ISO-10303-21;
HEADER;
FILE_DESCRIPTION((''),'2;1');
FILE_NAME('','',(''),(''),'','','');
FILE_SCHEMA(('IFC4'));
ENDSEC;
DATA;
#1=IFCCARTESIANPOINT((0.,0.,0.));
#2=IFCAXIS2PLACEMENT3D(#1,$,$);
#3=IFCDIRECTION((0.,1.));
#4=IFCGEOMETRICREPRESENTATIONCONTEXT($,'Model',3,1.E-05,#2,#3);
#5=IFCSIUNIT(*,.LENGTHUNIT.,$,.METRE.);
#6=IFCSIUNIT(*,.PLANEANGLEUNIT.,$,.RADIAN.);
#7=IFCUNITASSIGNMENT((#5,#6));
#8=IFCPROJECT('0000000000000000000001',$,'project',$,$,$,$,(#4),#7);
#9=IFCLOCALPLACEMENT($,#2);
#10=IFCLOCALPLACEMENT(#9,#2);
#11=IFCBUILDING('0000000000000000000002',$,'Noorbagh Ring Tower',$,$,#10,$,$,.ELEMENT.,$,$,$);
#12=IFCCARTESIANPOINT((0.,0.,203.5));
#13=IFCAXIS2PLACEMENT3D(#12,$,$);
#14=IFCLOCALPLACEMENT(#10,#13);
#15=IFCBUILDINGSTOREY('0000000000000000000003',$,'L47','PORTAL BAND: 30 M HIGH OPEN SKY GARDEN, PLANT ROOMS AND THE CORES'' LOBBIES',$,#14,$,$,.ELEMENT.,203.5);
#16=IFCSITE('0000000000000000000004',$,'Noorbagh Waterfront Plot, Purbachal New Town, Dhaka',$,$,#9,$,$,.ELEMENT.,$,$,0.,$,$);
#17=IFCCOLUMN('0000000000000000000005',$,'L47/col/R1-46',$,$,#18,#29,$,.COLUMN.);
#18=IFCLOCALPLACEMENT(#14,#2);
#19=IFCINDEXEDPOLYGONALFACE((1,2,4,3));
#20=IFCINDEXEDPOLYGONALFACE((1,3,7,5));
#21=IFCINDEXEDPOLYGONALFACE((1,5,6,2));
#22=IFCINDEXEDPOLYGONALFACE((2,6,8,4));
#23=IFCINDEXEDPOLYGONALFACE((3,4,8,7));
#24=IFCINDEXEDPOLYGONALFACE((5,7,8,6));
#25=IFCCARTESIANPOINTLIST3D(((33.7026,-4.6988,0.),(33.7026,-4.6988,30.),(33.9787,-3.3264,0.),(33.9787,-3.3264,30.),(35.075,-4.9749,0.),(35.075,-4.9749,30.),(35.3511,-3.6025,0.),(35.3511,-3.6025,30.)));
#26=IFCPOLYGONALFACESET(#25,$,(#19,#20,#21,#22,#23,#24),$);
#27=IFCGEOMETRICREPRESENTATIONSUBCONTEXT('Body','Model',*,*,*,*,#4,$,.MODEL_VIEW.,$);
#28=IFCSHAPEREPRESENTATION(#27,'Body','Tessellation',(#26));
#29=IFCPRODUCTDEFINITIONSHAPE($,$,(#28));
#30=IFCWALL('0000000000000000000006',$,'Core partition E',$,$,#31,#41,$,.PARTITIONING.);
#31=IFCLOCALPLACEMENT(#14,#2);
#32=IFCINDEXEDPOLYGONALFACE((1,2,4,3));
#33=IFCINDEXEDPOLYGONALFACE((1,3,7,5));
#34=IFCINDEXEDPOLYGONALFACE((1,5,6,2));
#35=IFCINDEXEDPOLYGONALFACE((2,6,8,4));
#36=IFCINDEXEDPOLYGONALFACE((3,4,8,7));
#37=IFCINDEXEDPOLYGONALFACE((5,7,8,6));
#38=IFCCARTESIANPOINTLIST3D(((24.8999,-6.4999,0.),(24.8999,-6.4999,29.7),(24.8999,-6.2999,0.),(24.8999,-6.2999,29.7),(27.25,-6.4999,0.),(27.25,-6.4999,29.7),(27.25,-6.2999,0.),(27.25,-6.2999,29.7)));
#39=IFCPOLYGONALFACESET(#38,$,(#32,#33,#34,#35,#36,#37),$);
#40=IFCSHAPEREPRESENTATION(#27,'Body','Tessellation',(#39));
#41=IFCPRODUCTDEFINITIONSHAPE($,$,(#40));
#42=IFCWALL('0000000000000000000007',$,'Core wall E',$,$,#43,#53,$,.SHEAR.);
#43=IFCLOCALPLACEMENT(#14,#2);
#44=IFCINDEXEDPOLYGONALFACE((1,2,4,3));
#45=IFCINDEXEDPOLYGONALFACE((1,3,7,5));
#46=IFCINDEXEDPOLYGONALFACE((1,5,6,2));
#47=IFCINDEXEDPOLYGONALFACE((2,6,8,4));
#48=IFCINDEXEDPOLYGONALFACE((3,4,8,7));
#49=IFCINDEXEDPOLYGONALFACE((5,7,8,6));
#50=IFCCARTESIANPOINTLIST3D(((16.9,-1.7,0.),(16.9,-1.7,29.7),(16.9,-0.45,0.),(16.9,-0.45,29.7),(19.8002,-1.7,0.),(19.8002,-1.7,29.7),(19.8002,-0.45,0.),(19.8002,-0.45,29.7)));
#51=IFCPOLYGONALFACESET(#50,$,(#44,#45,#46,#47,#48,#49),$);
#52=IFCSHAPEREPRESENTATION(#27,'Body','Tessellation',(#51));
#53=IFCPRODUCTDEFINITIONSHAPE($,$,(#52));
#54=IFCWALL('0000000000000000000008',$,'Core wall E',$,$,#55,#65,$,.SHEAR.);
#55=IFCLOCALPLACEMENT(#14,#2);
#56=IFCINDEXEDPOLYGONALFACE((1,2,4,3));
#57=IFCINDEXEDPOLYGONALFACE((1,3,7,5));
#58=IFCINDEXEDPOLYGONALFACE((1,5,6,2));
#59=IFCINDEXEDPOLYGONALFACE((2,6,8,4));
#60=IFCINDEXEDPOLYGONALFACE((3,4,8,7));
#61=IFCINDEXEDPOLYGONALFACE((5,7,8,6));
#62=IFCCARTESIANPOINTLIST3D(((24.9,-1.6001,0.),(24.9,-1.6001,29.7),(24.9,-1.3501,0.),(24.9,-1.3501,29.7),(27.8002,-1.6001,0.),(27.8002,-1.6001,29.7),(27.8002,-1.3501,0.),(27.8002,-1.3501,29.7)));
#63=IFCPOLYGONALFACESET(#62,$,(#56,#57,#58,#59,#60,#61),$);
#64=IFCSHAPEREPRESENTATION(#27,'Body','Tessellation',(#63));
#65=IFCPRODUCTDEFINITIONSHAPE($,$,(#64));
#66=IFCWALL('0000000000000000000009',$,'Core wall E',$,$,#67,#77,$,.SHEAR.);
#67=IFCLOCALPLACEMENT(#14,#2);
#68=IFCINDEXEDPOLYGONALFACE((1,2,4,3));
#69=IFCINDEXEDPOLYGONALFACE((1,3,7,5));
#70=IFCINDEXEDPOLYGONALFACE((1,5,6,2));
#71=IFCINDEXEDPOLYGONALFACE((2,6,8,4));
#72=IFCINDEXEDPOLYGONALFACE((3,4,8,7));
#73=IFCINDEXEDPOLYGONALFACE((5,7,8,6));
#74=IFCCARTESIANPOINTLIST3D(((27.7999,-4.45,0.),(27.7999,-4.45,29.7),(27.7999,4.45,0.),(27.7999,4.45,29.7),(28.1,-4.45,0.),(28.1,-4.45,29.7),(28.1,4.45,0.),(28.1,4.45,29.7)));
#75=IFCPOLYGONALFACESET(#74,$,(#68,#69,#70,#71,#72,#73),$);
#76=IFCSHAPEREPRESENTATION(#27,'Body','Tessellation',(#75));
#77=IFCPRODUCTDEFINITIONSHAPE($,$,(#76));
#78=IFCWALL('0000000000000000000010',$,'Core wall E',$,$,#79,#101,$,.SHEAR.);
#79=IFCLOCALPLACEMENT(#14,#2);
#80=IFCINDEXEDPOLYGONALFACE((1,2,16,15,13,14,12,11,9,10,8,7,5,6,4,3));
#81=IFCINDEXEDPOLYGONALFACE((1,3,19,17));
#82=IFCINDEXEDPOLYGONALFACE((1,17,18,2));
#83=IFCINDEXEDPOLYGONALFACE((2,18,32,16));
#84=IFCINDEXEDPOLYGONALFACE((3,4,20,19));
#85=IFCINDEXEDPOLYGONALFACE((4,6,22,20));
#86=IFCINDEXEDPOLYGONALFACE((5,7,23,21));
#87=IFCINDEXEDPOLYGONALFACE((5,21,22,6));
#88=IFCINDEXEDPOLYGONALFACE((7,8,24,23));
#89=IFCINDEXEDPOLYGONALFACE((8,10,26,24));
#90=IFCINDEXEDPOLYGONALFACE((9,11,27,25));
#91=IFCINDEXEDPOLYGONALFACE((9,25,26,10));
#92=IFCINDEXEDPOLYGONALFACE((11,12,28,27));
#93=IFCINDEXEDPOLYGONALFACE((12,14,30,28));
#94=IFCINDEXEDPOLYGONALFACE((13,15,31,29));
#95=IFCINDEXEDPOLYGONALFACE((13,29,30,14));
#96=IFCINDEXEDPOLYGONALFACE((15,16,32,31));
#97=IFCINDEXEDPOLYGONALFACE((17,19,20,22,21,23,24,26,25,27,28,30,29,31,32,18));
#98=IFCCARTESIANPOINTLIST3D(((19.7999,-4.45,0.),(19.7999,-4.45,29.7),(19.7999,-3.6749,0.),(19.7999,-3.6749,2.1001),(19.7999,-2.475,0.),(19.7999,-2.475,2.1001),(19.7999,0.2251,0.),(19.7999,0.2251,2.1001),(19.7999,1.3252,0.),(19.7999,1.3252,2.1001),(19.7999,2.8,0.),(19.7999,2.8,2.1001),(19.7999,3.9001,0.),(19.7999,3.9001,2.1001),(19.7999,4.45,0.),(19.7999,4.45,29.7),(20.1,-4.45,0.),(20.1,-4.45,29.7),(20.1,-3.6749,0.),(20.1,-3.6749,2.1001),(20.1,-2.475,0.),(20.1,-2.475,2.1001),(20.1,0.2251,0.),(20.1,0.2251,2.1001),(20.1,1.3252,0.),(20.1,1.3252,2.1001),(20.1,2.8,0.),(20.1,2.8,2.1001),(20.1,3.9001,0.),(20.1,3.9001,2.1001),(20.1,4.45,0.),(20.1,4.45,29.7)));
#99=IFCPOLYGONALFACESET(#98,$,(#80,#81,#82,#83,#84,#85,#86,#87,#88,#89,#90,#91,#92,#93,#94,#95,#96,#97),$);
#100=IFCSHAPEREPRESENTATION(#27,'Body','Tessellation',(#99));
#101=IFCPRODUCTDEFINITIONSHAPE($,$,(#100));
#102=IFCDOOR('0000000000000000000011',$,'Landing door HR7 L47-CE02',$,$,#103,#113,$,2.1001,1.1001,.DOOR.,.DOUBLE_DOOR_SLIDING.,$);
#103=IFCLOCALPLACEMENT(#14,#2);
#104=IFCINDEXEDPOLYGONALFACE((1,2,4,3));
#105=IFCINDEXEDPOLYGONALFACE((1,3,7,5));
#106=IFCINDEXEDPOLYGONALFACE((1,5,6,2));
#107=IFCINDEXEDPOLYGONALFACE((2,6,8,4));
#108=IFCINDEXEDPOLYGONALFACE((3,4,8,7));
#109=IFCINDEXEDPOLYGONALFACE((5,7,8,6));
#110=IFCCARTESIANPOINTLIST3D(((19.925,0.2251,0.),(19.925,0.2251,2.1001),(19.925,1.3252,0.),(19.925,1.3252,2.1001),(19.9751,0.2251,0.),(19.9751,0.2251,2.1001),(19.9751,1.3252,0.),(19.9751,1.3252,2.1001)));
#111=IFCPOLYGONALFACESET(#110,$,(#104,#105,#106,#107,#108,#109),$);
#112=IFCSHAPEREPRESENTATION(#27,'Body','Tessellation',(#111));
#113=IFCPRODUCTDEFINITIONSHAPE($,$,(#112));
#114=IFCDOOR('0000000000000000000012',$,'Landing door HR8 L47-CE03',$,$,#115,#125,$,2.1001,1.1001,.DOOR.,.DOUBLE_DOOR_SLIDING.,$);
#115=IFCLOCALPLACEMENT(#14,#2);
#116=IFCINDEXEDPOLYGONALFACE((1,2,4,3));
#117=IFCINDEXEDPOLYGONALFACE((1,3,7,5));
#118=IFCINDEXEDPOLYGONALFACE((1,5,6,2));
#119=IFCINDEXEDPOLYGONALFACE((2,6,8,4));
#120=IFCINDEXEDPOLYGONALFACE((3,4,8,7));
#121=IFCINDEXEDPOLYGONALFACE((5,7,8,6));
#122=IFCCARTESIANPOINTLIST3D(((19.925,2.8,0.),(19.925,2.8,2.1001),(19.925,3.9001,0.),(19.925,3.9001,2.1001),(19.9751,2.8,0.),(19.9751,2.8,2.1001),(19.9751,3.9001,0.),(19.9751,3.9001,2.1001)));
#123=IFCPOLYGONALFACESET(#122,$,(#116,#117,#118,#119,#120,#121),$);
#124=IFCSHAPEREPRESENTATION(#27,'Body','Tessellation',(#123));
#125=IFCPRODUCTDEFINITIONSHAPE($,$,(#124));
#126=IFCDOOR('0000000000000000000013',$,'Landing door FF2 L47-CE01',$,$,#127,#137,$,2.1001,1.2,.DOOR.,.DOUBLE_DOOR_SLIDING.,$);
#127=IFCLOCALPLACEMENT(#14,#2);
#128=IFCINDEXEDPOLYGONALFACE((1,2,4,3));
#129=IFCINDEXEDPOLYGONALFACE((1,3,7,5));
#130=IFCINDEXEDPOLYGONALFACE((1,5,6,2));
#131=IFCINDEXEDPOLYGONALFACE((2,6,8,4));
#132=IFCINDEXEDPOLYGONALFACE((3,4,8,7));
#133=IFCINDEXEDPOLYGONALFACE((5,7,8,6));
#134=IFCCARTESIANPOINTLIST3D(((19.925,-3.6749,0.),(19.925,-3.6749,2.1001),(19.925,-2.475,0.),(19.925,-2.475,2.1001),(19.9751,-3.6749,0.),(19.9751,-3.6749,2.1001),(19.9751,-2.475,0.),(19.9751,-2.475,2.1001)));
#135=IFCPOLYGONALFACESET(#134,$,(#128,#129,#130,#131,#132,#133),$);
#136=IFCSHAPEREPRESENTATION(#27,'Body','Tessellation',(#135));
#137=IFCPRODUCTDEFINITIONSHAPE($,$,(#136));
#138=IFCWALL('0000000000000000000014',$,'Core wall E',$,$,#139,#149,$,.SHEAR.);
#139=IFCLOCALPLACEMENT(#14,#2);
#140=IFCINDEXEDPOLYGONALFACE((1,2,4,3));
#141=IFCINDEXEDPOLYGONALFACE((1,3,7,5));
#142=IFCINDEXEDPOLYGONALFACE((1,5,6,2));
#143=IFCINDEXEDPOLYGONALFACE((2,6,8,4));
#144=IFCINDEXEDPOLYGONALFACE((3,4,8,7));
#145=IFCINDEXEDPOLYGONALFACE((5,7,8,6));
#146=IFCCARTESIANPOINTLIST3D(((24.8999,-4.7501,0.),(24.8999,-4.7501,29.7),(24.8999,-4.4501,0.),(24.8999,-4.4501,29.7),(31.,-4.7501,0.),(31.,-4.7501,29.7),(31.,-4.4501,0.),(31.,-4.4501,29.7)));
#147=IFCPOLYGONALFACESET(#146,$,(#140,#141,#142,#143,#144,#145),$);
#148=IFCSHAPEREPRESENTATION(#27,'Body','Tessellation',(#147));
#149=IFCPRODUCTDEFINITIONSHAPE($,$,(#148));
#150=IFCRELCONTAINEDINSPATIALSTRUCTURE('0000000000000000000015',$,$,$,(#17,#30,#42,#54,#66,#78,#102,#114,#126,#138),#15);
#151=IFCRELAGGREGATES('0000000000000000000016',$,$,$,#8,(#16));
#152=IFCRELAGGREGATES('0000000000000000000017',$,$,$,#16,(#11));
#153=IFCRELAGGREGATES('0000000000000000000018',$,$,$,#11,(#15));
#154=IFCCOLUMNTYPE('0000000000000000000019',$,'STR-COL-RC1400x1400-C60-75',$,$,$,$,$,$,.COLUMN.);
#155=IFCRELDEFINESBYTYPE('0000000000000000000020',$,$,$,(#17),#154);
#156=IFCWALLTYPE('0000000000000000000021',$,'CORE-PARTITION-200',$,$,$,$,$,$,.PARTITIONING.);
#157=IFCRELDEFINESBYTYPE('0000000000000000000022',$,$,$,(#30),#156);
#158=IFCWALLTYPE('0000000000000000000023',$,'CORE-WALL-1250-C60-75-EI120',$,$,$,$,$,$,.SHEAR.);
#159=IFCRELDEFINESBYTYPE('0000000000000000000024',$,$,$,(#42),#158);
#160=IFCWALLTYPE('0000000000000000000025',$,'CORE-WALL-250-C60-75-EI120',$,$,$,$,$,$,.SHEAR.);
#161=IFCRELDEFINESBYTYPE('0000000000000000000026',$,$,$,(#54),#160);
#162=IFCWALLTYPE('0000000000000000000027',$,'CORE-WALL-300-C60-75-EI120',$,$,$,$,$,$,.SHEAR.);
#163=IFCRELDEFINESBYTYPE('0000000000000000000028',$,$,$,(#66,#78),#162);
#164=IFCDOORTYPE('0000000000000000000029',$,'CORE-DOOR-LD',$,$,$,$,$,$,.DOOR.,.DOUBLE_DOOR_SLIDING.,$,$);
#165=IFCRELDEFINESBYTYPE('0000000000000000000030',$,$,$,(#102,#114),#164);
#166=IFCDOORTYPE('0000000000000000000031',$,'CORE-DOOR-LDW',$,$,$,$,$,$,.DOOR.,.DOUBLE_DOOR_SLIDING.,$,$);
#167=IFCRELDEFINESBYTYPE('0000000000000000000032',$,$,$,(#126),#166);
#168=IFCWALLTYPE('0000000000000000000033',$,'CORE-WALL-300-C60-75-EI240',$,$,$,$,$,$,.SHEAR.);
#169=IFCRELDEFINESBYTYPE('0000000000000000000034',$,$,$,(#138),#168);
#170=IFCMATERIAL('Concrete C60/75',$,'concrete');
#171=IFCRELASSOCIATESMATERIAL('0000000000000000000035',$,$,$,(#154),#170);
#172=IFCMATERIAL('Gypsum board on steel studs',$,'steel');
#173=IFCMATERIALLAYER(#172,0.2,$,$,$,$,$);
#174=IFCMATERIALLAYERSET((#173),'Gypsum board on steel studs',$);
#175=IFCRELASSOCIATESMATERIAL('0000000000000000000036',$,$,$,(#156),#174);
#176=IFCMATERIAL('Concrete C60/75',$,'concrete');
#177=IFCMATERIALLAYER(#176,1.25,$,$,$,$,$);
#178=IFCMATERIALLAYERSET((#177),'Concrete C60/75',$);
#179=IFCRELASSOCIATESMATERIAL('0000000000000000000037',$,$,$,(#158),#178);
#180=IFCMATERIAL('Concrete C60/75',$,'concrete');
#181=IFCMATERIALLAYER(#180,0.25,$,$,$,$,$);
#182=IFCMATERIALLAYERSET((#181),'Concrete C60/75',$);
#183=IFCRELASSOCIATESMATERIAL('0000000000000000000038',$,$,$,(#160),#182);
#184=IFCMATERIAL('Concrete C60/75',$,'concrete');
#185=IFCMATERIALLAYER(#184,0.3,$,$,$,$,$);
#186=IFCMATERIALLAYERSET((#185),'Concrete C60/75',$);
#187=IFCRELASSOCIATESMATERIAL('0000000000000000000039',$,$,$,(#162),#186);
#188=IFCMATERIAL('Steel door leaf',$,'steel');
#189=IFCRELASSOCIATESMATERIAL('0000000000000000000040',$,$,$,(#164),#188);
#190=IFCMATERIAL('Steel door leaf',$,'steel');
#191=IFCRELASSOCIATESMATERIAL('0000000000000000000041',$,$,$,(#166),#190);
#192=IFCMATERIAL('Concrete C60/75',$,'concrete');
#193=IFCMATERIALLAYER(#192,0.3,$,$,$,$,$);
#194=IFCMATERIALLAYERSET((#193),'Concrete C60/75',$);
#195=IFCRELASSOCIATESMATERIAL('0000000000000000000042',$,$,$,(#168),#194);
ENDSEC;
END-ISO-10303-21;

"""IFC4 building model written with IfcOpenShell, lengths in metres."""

from ifc_helpers import new_model, si_unit, direction, frame, frame_2d, origin, origin_2d, place, context, subcontext, project, spatial, rectangle, extrude, material, layer, layer_set, material_profile, profile_set, type_object, element, fill, save


model = new_model("IFC4")

# Units and contexts
model_context = context("Model", 3, precision=1e-05, world=origin(), true_north=direction((0.0, 1.0)))
body_context = subcontext(model_context, "Body", "Model", "MODEL_VIEW")
ifc_project = project(units=[si_unit("LENGTHUNIT", "METRE"), si_unit("PLANEANGLEUNIT", "RADIAN")], contexts=[model_context])

# Site, building, storey
site_placement = place(None, origin())
site = spatial("IfcSite", under=ifc_project, at=site_placement, Name="Noorbagh Waterfront Plot, Purbachal New Town, Dhaka", CompositionType="ELEMENT", RefElevation=0.0)
building_placement = place(site_placement, origin())
building = spatial("IfcBuilding", under=site, at=building_placement, Name="Noorbagh Ring Tower", CompositionType="ELEMENT")
storey_placement = place(building_placement, frame((0.0, 0.0, 203.5)))
storey = spatial("IfcBuildingStorey", under=building, at=storey_placement, Name="L47", Description="PORTAL BAND: 30 M HIGH OPEN SKY GARDEN, PLANT ROOMS AND THE CORES' LOBBIES", CompositionType="ELEMENT", Elevation=203.5)

# Column
ifc_material_1 = material(Name="Concrete C60/75", Category="concrete")
ifc_material_profile = material_profile(ifc_material_1, rectangle(XDim=1.3999, YDim=1.3999, at=origin_2d()), Name="RC1400x1400")
ifc_profile_set = profile_set([ifc_material_profile], Name="Concrete C60/75")
column_type = type_object("IfcColumnType", Name="STR-COL-RC1400x1400-C60-75", PredefinedType="COLUMN", material=ifc_profile_set)
column_placement = place(storey_placement, frame((34.5269, -4.1506, 0.0), z_axis=(0.0, 0.0, 1.0), x_axis=(0.19723, 0.980357, 0.0)))
element("IfcColumn", 1, at=column_placement, inside=storey, type_object=column_type, Name="L47/col/R1-46", PredefinedType="COLUMN", context=body_context, shape_type="SweptSolid", body=[
    extrude(rectangle(XDim=1.3999, YDim=1.3999, at=origin_2d()), origin(), (0.0, 0.0, 1.0), 30.0),
])

# Walls
ifc_material_2 = material(Name="Gypsum board on steel studs", Category="steel")
ifc_layer_1 = layer(ifc_material_2, 0.2)
ifc_layer_set_1 = layer_set([ifc_layer_1], Name="Gypsum board on steel studs")
wall_type_1 = type_object("IfcWallType", Name="CORE-PARTITION-200", PredefinedType="PARTITIONING", material=ifc_layer_set_1)
wall_1_placement = place(storey_placement, frame((24.8999, -6.3999, 0.0), z_axis=(0.0, 0.0, 1.0), x_axis=(1.0, 0.0, 0.0)))
element("IfcWall", 2, at=wall_1_placement, inside=storey, type_object=wall_type_1, Name="Core partition E", PredefinedType="PARTITIONING", context=body_context, shape_type="SweptSolid", body=[
    extrude(rectangle(XDim=2.3501, YDim=0.2, at=frame_2d((1.175, 0.0))), origin(), (0.0, 0.0, 1.0), 29.7),
])
ifc_material_3 = material(Name="Concrete C60/75", Category="concrete")
ifc_layer_2 = layer(ifc_material_3, 1.25)
ifc_layer_set_2 = layer_set([ifc_layer_2], Name="Concrete C60/75")
wall_type_2 = type_object("IfcWallType", Name="CORE-WALL-1250-C60-75-EI120", PredefinedType="SHEAR", material=ifc_layer_set_2)
wall_2_placement = place(storey_placement, frame((16.8999, -1.075, 0.0), z_axis=(0.0, 0.0, 1.0), x_axis=(1.0, 0.0, 0.0)))
element("IfcWall", 3, at=wall_2_placement, inside=storey, type_object=wall_type_2, Name="Core wall E", PredefinedType="SHEAR", context=body_context, shape_type="SweptSolid", body=[
    extrude(rectangle(XDim=2.9001, YDim=1.25, at=frame_2d((1.4502, 0.0))), origin(), (0.0, 0.0, 1.0), 29.7),
])
ifc_material_4 = material(Name="Concrete C60/75", Category="concrete")
ifc_layer_3 = layer(ifc_material_4, 0.25)
ifc_layer_set_3 = layer_set([ifc_layer_3], Name="Concrete C60/75")
wall_type_3 = type_object("IfcWallType", Name="CORE-WALL-250-C60-75-EI120", PredefinedType="SHEAR", material=ifc_layer_set_3)
wall_3_placement = place(storey_placement, frame((24.8999, -1.4751, 0.0), z_axis=(0.0, 0.0, 1.0), x_axis=(1.0, 0.0, 0.0)))
element("IfcWall", 4, at=wall_3_placement, inside=storey, type_object=wall_type_3, Name="Core wall E", PredefinedType="SHEAR", context=body_context, shape_type="SweptSolid", body=[
    extrude(rectangle(XDim=2.9001, YDim=0.25, at=frame_2d((1.4502, 0.0))), origin(), (0.0, 0.0, 1.0), 29.7),
])
ifc_material_5 = material(Name="Concrete C60/75", Category="concrete")
ifc_layer_4 = layer(ifc_material_5, 0.3)
ifc_layer_set_4 = layer_set([ifc_layer_4], Name="Concrete C60/75")
wall_type_4 = type_object("IfcWallType", Name="CORE-WALL-300-C60-75-EI120", PredefinedType="SHEAR", material=ifc_layer_set_4)
wall_4_placement = place(storey_placement, frame((27.95, -4.45, 0.0), z_axis=(0.0, 0.0, 1.0), x_axis=(0.0, 1.0, 0.0)))
element("IfcWall", 5, at=wall_4_placement, inside=storey, type_object=wall_type_4, Name="Core wall E", PredefinedType="SHEAR", context=body_context, shape_type="SweptSolid", body=[
    extrude(rectangle(XDim=8.8999, YDim=0.3, at=frame_2d((4.45, 0.0))), origin(), (0.0, 0.0, 1.0), 29.7),
])

# Wall, openings, doors
wall_5_placement = place(storey_placement, frame((19.95, -4.45, 0.0), z_axis=(0.0, 0.0, 1.0), x_axis=(0.0, 1.0, 0.0)))
wall_5 = element("IfcWall", 6, at=wall_5_placement, inside=storey, type_object=wall_type_4, Name="Core wall E", PredefinedType="SHEAR", context=body_context, shape_type="SweptSolid", body=[
    extrude(rectangle(XDim=8.8999, YDim=0.3, at=frame_2d((4.45, 0.0))), origin(), (0.0, 0.0, 1.0), 29.7),
])
opening_1_placement = place(wall_5_placement, frame((0.7749, 0.0, 0.0)))
opening_1 = element("IfcOpeningElement", 7, at=opening_1_placement, cuts=wall_5, PredefinedType="OPENING", context=body_context, shape_type="SweptSolid", body=[
    extrude(rectangle(XDim=1.2, YDim=2.1001, at=frame_2d((0.6001, 1.05))), frame((0.0, 0.1602, 0.0), z_axis=(0.0, -1.0, 0.0), x_axis=(1.0, 0.0, 0.0)), (0.0, 0.0, 1.0), 0.3201),
])
opening_2_placement = place(wall_5_placement, frame((4.675, 0.0, 0.0)))
opening_2 = element("IfcOpeningElement", 8, at=opening_2_placement, cuts=wall_5, PredefinedType="OPENING", context=body_context, shape_type="SweptSolid", body=[
    extrude(rectangle(XDim=1.1001, YDim=2.1001, at=frame_2d((0.55, 1.05))), frame((0.0, 0.1602, 0.0), z_axis=(0.0, -1.0, 0.0), x_axis=(1.0, 0.0, 0.0)), (0.0, 0.0, 1.0), 0.3201),
])
opening_3_placement = place(wall_5_placement, frame((7.25, 0.0, 0.0)))
opening_3 = element("IfcOpeningElement", 9, at=opening_3_placement, cuts=wall_5, PredefinedType="OPENING", context=body_context, shape_type="SweptSolid", body=[
    extrude(rectangle(XDim=1.1001, YDim=2.1001, at=frame_2d((0.55, 1.05))), frame((0.0, 0.1602, 0.0), z_axis=(0.0, -1.0, 0.0), x_axis=(1.0, 0.0, 0.0)), (0.0, 0.0, 1.0), 0.3201),
])
ifc_material_6 = material(Name="Steel door leaf", Category="steel")
door_type_1 = type_object("IfcDoorType", Name="CORE-DOOR-LD", OperationType="DOUBLE_DOOR_SLIDING", PredefinedType="DOOR", material=ifc_material_6)
door_1_placement = place(opening_2_placement, origin())
door_1 = element("IfcDoor", 10, at=door_1_placement, inside=storey, type_object=door_type_1, Name="Landing door HR7 L47-CE02", OperationType="DOUBLE_DOOR_SLIDING", OverallHeight=2.1001, OverallWidth=1.1001, PredefinedType="DOOR", context=body_context, shape_type="SweptSolid", body=[
    extrude(rectangle(XDim=1.1001, YDim=2.1001, at=frame_2d((0.55, 1.05))), frame((0.0, 0.0249, 0.0), z_axis=(0.0, -1.0, 0.0), x_axis=(1.0, 0.0, 0.0)), (0.0, 0.0, 1.0), 0.05),
])
fill(opening_2, door_1)
door_2_placement = place(opening_3_placement, origin())
door_2 = element("IfcDoor", 11, at=door_2_placement, inside=storey, type_object=door_type_1, Name="Landing door HR8 L47-CE03", OperationType="DOUBLE_DOOR_SLIDING", OverallHeight=2.1001, OverallWidth=1.1001, PredefinedType="DOOR", context=body_context, shape_type="SweptSolid", body=[
    extrude(rectangle(XDim=1.1001, YDim=2.1001, at=frame_2d((0.55, 1.05))), frame((0.0, 0.0249, 0.0), z_axis=(0.0, -1.0, 0.0), x_axis=(1.0, 0.0, 0.0)), (0.0, 0.0, 1.0), 0.05),
])
fill(opening_3, door_2)
ifc_material_7 = material(Name="Steel door leaf", Category="steel")
door_type_2 = type_object("IfcDoorType", Name="CORE-DOOR-LDW", OperationType="DOUBLE_DOOR_SLIDING", PredefinedType="DOOR", material=ifc_material_7)
door_3_placement = place(opening_1_placement, origin())
door_3 = element("IfcDoor", 12, at=door_3_placement, inside=storey, type_object=door_type_2, Name="Landing door FF2 L47-CE01", OperationType="DOUBLE_DOOR_SLIDING", OverallHeight=2.1001, OverallWidth=1.2, PredefinedType="DOOR", context=body_context, shape_type="SweptSolid", body=[
    extrude(rectangle(XDim=1.2, YDim=2.1001, at=frame_2d((0.6001, 1.05))), frame((0.0, 0.0249, 0.0), z_axis=(0.0, -1.0, 0.0), x_axis=(1.0, 0.0, 0.0)), (0.0, 0.0, 1.0), 0.05),
])
fill(opening_1, door_3)

# Wall
ifc_material_8 = material(Name="Concrete C60/75", Category="concrete")
ifc_layer_5 = layer(ifc_material_8, 0.3)
ifc_layer_set_5 = layer_set([ifc_layer_5], Name="Concrete C60/75")
wall_type_5 = type_object("IfcWallType", Name="CORE-WALL-300-C60-75-EI240", PredefinedType="SHEAR", material=ifc_layer_set_5)
wall_6_placement = place(storey_placement, frame((24.8999, -4.6001, 0.0), z_axis=(0.0, 0.0, 1.0), x_axis=(1.0, 0.0, 0.0)))
element("IfcWall", 13, at=wall_6_placement, inside=storey, type_object=wall_type_5, Name="Core wall E", PredefinedType="SHEAR", context=body_context, shape_type="SweptSolid", body=[
    extrude(rectangle(XDim=6.1001, YDim=0.3, at=frame_2d((3.05, 0.0))), origin(), (0.0, 0.0, 1.0), 29.7),
])

save(model, "model.ifc")
